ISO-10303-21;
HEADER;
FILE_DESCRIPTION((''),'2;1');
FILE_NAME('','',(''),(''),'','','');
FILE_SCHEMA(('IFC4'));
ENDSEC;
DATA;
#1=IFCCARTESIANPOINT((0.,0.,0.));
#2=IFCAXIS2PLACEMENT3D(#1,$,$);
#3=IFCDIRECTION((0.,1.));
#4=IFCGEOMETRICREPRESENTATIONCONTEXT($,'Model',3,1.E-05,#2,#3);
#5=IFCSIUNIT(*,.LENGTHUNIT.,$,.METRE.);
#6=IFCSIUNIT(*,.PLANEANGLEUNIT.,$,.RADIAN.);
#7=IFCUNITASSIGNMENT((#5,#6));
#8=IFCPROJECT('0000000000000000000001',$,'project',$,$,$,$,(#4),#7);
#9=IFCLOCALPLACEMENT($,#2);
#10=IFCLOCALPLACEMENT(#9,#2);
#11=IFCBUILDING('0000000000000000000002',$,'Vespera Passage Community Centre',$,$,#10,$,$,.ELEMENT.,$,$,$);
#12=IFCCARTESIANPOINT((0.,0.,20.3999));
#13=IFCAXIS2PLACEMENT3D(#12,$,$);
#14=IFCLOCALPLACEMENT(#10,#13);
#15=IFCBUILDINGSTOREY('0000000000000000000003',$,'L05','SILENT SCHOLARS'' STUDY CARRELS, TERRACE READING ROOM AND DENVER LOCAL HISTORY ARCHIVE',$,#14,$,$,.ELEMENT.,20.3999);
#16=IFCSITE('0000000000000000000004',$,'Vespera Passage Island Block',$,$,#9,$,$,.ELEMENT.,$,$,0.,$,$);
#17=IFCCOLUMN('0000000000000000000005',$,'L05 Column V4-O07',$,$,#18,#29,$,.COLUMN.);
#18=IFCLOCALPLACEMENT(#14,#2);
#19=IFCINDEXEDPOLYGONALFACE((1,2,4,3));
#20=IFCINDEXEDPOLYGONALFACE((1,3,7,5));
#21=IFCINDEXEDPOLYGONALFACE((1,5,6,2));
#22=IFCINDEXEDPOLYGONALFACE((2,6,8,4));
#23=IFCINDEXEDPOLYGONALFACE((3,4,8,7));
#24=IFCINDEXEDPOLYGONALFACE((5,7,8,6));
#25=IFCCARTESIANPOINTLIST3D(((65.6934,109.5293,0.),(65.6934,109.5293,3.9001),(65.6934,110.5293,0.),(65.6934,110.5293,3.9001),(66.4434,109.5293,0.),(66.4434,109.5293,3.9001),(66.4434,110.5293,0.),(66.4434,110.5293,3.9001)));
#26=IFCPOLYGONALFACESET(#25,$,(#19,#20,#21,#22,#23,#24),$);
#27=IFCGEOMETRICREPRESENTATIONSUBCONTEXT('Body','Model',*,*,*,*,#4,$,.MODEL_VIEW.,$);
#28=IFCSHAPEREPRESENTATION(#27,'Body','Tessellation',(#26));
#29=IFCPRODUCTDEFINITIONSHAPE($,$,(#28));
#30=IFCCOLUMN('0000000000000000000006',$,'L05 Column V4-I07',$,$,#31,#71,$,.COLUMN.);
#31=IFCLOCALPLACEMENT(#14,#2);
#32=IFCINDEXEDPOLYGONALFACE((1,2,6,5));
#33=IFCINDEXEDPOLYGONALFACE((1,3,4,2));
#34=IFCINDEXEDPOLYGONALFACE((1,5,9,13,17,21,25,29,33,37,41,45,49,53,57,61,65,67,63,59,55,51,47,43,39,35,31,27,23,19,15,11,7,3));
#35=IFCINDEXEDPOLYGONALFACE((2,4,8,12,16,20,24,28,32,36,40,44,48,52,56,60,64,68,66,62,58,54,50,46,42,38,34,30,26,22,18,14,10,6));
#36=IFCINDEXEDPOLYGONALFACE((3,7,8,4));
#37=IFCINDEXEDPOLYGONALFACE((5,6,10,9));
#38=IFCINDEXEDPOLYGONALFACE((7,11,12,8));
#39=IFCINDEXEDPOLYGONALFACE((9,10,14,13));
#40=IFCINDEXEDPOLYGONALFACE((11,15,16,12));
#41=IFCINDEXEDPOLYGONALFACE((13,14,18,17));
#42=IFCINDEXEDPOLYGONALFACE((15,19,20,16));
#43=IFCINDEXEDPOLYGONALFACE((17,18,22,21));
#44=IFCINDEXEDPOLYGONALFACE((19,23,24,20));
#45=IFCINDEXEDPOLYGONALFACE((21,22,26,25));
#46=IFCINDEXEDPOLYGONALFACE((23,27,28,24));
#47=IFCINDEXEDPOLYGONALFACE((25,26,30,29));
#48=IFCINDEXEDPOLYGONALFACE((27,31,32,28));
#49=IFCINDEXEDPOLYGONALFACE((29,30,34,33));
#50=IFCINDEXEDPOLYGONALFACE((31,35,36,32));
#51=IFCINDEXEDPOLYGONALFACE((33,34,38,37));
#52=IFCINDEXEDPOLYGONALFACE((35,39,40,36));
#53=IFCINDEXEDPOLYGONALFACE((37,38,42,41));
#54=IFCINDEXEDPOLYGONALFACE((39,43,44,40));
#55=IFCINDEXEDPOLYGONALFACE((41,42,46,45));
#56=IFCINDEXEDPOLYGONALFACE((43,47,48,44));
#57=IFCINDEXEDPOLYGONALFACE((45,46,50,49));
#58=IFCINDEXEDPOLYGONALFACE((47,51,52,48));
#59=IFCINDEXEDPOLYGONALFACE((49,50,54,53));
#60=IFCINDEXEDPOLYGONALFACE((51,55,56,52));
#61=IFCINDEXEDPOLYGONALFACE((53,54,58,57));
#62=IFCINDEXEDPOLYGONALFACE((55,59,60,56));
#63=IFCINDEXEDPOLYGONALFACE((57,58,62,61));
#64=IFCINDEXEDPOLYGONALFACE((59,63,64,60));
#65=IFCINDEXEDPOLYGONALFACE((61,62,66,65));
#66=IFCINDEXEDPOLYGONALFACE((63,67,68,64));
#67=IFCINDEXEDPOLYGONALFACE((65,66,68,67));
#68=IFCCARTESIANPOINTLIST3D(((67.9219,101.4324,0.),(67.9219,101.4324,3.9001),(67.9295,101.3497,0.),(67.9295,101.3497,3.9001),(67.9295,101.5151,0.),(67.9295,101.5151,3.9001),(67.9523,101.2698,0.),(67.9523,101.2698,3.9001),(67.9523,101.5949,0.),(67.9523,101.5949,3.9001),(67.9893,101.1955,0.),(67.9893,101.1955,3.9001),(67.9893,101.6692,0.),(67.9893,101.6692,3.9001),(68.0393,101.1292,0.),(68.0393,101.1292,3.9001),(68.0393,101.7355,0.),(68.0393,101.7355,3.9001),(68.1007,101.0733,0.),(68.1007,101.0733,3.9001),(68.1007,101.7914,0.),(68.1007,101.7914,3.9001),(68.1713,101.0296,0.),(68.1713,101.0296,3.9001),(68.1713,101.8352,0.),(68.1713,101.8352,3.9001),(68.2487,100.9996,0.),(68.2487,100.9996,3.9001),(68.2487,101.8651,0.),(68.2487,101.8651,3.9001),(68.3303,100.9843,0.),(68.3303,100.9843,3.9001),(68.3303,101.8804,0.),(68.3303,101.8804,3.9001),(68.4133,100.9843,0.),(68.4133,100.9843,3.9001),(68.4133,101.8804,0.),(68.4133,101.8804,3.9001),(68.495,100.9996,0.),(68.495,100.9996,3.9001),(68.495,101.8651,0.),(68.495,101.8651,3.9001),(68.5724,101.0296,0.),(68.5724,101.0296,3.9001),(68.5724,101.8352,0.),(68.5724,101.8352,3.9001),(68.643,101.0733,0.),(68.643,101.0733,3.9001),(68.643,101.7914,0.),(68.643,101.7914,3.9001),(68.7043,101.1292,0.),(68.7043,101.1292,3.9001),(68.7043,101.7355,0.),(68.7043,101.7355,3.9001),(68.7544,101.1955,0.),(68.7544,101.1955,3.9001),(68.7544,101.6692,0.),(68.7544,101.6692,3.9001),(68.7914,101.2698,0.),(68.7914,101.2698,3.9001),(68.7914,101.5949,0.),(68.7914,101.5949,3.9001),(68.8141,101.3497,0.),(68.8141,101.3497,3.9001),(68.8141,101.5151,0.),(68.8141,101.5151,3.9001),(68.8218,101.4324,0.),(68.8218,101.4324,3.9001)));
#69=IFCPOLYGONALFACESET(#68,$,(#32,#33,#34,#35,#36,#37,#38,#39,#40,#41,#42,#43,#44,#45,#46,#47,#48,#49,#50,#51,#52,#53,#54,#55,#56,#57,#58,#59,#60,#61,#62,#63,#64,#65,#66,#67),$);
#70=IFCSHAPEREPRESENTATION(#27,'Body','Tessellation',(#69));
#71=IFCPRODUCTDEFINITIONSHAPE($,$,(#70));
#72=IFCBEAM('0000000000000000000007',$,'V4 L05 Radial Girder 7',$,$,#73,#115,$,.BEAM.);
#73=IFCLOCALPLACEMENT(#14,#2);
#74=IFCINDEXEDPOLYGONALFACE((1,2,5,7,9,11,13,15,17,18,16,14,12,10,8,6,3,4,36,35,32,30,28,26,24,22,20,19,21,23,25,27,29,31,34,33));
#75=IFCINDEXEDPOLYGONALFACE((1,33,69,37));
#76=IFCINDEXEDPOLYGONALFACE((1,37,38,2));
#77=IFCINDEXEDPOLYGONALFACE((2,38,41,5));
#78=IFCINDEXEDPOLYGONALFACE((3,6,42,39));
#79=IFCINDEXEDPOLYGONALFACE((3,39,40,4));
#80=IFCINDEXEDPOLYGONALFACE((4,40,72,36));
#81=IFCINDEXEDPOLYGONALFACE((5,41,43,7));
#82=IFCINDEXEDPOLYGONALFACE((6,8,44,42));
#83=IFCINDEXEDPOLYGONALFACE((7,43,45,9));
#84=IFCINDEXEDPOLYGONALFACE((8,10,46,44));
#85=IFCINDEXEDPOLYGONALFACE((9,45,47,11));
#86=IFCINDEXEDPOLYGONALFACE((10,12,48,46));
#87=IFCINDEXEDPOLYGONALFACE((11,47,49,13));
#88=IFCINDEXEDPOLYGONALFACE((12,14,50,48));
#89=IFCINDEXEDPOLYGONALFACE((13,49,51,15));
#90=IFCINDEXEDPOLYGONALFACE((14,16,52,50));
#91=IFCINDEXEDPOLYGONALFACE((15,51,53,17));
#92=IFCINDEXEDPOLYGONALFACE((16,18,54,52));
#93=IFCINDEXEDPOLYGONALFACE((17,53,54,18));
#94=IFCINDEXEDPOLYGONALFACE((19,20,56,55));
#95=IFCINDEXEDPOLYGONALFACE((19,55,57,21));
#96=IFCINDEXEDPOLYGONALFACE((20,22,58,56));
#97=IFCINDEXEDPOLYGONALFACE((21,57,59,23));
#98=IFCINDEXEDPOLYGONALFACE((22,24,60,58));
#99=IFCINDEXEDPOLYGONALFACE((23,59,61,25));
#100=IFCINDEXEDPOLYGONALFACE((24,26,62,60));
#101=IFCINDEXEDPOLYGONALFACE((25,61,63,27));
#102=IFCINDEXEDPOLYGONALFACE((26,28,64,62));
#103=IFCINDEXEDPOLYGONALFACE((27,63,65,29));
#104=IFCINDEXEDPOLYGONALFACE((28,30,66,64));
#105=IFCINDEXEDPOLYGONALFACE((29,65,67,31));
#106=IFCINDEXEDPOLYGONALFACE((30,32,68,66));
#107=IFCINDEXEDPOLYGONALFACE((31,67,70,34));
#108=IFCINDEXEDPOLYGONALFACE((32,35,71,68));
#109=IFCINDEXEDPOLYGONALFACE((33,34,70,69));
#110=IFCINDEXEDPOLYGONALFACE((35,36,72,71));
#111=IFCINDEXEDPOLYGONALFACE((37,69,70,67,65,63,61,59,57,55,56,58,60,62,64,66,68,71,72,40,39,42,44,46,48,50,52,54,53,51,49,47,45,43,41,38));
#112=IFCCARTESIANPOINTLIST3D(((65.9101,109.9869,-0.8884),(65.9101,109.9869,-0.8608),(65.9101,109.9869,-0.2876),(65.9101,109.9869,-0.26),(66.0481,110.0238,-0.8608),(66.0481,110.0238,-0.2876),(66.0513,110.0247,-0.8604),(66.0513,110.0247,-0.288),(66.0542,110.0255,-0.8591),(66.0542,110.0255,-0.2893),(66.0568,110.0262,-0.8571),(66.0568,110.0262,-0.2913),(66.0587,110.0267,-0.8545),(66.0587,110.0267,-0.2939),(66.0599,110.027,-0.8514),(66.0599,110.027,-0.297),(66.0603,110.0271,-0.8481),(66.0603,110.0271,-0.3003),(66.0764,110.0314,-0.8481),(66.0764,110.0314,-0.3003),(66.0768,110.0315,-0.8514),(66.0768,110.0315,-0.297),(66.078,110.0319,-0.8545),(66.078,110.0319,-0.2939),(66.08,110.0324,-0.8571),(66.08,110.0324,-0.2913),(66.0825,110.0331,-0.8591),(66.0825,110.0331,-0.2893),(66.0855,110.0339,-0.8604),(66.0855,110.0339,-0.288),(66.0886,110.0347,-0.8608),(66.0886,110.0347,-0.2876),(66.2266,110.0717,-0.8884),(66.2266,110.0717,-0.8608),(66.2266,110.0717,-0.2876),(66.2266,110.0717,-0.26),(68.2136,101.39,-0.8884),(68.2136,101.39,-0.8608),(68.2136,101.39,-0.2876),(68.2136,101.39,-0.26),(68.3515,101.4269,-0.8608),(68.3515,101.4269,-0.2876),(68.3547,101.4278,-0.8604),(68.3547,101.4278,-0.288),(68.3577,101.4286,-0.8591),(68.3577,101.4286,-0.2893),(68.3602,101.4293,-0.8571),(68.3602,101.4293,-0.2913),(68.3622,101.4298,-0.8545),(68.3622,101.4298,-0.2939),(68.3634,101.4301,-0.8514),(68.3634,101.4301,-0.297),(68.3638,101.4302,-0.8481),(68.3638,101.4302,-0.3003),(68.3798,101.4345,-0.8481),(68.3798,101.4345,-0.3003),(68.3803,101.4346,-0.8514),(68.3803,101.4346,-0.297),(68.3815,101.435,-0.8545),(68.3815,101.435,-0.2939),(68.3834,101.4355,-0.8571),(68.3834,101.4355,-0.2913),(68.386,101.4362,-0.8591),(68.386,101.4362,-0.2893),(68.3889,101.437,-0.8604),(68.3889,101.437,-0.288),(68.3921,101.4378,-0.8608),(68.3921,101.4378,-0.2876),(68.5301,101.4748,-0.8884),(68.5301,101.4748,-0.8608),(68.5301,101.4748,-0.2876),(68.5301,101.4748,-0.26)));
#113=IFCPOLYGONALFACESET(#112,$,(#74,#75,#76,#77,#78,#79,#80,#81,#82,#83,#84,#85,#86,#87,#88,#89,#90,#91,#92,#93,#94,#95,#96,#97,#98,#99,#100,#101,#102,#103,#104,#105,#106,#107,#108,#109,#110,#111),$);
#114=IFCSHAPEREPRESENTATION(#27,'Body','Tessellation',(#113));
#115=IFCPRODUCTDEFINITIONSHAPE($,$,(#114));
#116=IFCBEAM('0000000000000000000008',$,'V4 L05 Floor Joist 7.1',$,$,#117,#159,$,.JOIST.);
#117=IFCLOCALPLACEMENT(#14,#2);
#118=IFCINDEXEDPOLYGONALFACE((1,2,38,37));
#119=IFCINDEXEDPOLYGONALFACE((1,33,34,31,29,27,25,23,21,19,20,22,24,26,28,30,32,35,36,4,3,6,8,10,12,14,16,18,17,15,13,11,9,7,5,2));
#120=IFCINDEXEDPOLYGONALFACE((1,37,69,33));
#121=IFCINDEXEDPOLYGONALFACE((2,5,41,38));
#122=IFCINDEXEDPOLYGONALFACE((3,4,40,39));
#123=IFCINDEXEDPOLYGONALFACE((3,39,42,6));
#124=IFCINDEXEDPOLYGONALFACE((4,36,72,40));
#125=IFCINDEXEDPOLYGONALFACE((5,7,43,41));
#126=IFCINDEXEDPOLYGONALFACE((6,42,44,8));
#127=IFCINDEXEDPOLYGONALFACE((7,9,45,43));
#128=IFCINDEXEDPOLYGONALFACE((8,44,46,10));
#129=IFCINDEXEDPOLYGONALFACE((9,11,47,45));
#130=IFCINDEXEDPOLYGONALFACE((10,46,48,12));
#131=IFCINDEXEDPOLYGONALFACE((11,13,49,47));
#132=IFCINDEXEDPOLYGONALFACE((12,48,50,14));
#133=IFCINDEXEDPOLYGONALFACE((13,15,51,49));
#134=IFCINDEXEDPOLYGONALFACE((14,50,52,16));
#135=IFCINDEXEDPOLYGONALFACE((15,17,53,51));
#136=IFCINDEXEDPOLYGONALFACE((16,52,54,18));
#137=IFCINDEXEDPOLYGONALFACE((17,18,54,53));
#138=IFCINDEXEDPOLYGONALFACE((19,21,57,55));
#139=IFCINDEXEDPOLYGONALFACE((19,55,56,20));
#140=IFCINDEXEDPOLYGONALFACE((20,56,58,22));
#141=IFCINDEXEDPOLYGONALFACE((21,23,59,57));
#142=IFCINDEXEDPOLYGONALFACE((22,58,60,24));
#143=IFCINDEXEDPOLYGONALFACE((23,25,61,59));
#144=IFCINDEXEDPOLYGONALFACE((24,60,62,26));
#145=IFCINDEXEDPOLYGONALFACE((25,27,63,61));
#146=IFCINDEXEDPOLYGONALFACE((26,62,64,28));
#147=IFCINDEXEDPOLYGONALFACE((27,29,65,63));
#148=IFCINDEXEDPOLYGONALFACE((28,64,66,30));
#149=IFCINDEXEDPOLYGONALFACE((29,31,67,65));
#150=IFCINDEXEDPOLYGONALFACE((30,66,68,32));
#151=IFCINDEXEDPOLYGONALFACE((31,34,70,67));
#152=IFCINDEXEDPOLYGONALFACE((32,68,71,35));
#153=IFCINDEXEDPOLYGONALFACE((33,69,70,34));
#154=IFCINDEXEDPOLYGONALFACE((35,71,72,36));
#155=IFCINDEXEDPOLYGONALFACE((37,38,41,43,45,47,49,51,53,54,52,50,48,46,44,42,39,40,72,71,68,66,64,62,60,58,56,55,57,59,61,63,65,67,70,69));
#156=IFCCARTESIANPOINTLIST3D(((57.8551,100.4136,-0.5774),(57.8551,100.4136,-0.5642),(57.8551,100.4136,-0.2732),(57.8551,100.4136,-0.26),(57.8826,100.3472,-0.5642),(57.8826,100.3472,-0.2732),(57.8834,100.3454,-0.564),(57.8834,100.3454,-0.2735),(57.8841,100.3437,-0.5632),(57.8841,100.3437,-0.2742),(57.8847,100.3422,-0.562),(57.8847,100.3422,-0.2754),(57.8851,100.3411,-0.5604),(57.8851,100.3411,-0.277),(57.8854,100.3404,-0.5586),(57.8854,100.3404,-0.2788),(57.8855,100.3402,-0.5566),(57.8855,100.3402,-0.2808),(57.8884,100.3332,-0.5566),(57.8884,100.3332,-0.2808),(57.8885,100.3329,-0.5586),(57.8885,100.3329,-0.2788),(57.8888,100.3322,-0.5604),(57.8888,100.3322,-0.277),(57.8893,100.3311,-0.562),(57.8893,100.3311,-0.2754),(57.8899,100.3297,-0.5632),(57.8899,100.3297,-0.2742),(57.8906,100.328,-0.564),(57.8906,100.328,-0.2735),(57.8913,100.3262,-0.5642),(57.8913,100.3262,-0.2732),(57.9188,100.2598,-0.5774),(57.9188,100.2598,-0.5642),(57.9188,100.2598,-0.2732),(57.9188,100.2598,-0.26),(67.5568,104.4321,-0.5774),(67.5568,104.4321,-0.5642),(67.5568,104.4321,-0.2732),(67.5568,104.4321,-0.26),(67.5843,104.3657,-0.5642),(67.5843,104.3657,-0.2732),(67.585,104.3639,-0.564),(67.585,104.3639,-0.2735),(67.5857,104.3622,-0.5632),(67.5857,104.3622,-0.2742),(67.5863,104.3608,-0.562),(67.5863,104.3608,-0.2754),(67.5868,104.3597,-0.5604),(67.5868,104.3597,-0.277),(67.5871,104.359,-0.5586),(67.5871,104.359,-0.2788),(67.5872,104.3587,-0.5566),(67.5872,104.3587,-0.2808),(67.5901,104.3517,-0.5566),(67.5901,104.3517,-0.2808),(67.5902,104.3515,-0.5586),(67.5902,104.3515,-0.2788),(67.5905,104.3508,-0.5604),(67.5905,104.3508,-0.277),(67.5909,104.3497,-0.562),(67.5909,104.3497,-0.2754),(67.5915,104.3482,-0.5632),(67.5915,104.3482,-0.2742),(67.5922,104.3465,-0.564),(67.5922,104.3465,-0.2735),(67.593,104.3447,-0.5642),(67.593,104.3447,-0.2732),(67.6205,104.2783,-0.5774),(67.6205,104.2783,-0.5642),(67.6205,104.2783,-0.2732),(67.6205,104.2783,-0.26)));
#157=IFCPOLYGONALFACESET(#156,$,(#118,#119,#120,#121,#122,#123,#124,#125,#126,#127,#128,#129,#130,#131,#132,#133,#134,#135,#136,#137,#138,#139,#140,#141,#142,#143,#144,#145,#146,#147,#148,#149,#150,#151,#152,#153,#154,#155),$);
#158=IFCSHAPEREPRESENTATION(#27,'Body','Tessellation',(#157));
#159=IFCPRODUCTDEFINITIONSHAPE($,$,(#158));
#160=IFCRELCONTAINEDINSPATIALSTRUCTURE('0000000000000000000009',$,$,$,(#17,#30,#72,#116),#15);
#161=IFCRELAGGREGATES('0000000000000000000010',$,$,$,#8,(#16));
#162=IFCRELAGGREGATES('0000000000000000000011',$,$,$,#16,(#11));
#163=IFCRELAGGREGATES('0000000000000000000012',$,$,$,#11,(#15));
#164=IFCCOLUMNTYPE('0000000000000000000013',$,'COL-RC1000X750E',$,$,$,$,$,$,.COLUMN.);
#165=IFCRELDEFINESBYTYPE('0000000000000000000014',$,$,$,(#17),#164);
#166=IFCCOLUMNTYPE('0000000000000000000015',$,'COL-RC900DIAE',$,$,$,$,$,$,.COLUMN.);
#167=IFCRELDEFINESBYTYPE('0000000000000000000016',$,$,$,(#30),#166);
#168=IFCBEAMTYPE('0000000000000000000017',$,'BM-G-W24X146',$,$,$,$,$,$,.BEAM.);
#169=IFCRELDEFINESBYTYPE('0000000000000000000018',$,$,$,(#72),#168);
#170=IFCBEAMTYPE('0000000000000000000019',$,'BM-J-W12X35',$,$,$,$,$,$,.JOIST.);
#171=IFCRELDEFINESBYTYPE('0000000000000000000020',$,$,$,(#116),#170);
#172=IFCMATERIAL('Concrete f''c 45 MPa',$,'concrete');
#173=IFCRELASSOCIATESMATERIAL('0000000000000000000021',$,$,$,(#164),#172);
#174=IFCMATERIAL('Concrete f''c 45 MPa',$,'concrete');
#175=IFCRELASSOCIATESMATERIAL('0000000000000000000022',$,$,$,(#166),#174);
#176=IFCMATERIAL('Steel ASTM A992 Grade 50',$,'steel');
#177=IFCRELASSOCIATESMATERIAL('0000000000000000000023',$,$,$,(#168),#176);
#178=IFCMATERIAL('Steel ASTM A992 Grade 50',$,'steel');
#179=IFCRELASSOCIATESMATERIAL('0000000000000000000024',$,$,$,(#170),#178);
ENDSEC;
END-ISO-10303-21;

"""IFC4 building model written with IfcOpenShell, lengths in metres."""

from ifc_helpers import new_model, si_unit, direction, frame, origin, origin_2d, place, context, subcontext, project, spatial, rectangle, circle, i_section, extrude, material, material_profile, profile_set, type_object, element, save


model = new_model("IFC4")

# Units and contexts
model_context = context("Model", 3, precision=1e-05, world=origin(), true_north=direction((0.0, 1.0)))
body_context = subcontext(model_context, "Body", "Model", "MODEL_VIEW")
ifc_project = project(units=[si_unit("LENGTHUNIT", "METRE"), si_unit("PLANEANGLEUNIT", "RADIAN")], contexts=[model_context])

# Site, building, storey
site_placement = place(None, origin())
site = spatial("IfcSite", under=ifc_project, at=site_placement, Name="Vespera Passage Island Block", CompositionType="ELEMENT", RefElevation=0.0)
building_placement = place(site_placement, origin())
building = spatial("IfcBuilding", under=site, at=building_placement, Name="Vespera Passage Community Centre", CompositionType="ELEMENT")
storey_placement = place(building_placement, frame((0.0, 0.0, 20.3999)))
storey = spatial("IfcBuildingStorey", under=building, at=storey_placement, Name="L05", Description="SILENT SCHOLARS' STUDY CARRELS, TERRACE READING ROOM AND DENVER LOCAL HISTORY ARCHIVE", CompositionType="ELEMENT", Elevation=20.3999)

# Columns
ifc_material_1 = material(Name="Concrete f'c 45 MPa", Category="concrete")
ifc_material_profile_1 = material_profile(ifc_material_1, rectangle(XDim=0.75, YDim=1.0, at=origin_2d()), Name="RC1000X750")
ifc_profile_set_1 = profile_set([ifc_material_profile_1], Name="Concrete f'c 45 MPa")
column_type_1 = type_object("IfcColumnType", Name="COL-RC1000X750E", PredefinedType="COLUMN", material=ifc_profile_set_1)
column_1_placement = place(storey_placement, frame((66.0684, 110.0293, 0.0), z_axis=(0.0, 0.0, 1.0), x_axis=(1.0, 0.0, 0.0)))
element("IfcColumn", 1, at=column_1_placement, inside=storey, type_object=column_type_1, Name="L05 Column V4-O07", PredefinedType="COLUMN", context=body_context, shape_type="SweptSolid", body=[
    extrude(rectangle(XDim=0.75, YDim=1.0, at=origin_2d()), origin(), (0.0, 0.0, 1.0), 3.9001),
])
ifc_material_2 = material(Name="Concrete f'c 45 MPa", Category="concrete")
ifc_material_profile_2 = material_profile(ifc_material_2, circle(Radius=0.45, at=origin_2d()), Name="RC900DIA")
ifc_profile_set_2 = profile_set([ifc_material_profile_2], Name="Concrete f'c 45 MPa")
column_type_2 = type_object("IfcColumnType", Name="COL-RC900DIAE", PredefinedType="COLUMN", material=ifc_profile_set_2)
column_2_placement = place(storey_placement, frame((68.3718, 101.4324, 0.0), z_axis=(0.0, 0.0, 1.0), x_axis=(1.0, 0.0, 0.0)))
element("IfcColumn", 2, at=column_2_placement, inside=storey, type_object=column_type_2, Name="L05 Column V4-I07", PredefinedType="COLUMN", context=body_context, shape_type="SweptSolid", body=[
    extrude(circle(Radius=0.45, at=origin_2d()), origin(), (0.0, 0.0, 1.0), 3.9001),
])

# Beams
ifc_material_3 = material(Name="Steel ASTM A992 Grade 50", Category="steel")
ifc_material_profile_3 = material_profile(ifc_material_3, i_section(OverallWidth=0.3276, OverallDepth=0.6284, WebThickness=0.0166, FlangeThickness=0.0276, FilletRadius=0.0127, at=origin_2d()), Name="W24X146")
ifc_profile_set_3 = profile_set([ifc_material_profile_3], Name="Steel ASTM A992 Grade 50")
beam_type_1 = type_object("IfcBeamType", Name="BM-G-W24X146", PredefinedType="BEAM", material=ifc_profile_set_3)
beam_1_placement = place(storey_placement, frame((68.3718, 101.4324, -0.5742), z_axis=(-0.258811, 0.965928, 0.0), x_axis=(-0.965928, -0.258811, 0.0)))
element("IfcBeam", 3, at=beam_1_placement, inside=storey, type_object=beam_type_1, Name="V4 L05 Radial Girder 7", PredefinedType="BEAM", context=body_context, shape_type="SweptSolid", body=[
    extrude(i_section(OverallWidth=0.3276, OverallDepth=0.6284, WebThickness=0.0166, FlangeThickness=0.0276, FilletRadius=0.0127, at=origin_2d()), origin(), (0.0, 0.0, 1.0), 8.9001),
])
ifc_material_4 = material(Name="Steel ASTM A992 Grade 50", Category="steel")
ifc_material_profile_4 = material_profile(ifc_material_4, i_section(OverallWidth=0.1665, OverallDepth=0.3174, WebThickness=0.0076, FlangeThickness=0.0132, FilletRadius=0.0076, at=origin_2d()), Name="W12X35")
ifc_profile_set_4 = profile_set([ifc_material_profile_4], Name="Steel ASTM A992 Grade 50")
beam_type_2 = type_object("IfcBeamType", Name="BM-J-W12X35", PredefinedType="JOIST", material=ifc_profile_set_4)
beam_2_placement = place(storey_placement, frame((67.5886, 104.3552, -0.4187), z_axis=(-0.92388, -0.382683, 0.0), x_axis=(0.382683, -0.92388, 0.0)))
element("IfcBeam", 4, at=beam_2_placement, inside=storey, type_object=beam_type_2, Name="V4 L05 Floor Joist 7.1", PredefinedType="JOIST", context=body_context, shape_type="SweptSolid", body=[
    extrude(i_section(OverallWidth=0.1665, OverallDepth=0.3174, WebThickness=0.0076, FlangeThickness=0.0132, FilletRadius=0.0076, at=origin_2d()), origin(), (0.0, 0.0, 1.0), 10.501),
])

save(model, "model.ifc")
